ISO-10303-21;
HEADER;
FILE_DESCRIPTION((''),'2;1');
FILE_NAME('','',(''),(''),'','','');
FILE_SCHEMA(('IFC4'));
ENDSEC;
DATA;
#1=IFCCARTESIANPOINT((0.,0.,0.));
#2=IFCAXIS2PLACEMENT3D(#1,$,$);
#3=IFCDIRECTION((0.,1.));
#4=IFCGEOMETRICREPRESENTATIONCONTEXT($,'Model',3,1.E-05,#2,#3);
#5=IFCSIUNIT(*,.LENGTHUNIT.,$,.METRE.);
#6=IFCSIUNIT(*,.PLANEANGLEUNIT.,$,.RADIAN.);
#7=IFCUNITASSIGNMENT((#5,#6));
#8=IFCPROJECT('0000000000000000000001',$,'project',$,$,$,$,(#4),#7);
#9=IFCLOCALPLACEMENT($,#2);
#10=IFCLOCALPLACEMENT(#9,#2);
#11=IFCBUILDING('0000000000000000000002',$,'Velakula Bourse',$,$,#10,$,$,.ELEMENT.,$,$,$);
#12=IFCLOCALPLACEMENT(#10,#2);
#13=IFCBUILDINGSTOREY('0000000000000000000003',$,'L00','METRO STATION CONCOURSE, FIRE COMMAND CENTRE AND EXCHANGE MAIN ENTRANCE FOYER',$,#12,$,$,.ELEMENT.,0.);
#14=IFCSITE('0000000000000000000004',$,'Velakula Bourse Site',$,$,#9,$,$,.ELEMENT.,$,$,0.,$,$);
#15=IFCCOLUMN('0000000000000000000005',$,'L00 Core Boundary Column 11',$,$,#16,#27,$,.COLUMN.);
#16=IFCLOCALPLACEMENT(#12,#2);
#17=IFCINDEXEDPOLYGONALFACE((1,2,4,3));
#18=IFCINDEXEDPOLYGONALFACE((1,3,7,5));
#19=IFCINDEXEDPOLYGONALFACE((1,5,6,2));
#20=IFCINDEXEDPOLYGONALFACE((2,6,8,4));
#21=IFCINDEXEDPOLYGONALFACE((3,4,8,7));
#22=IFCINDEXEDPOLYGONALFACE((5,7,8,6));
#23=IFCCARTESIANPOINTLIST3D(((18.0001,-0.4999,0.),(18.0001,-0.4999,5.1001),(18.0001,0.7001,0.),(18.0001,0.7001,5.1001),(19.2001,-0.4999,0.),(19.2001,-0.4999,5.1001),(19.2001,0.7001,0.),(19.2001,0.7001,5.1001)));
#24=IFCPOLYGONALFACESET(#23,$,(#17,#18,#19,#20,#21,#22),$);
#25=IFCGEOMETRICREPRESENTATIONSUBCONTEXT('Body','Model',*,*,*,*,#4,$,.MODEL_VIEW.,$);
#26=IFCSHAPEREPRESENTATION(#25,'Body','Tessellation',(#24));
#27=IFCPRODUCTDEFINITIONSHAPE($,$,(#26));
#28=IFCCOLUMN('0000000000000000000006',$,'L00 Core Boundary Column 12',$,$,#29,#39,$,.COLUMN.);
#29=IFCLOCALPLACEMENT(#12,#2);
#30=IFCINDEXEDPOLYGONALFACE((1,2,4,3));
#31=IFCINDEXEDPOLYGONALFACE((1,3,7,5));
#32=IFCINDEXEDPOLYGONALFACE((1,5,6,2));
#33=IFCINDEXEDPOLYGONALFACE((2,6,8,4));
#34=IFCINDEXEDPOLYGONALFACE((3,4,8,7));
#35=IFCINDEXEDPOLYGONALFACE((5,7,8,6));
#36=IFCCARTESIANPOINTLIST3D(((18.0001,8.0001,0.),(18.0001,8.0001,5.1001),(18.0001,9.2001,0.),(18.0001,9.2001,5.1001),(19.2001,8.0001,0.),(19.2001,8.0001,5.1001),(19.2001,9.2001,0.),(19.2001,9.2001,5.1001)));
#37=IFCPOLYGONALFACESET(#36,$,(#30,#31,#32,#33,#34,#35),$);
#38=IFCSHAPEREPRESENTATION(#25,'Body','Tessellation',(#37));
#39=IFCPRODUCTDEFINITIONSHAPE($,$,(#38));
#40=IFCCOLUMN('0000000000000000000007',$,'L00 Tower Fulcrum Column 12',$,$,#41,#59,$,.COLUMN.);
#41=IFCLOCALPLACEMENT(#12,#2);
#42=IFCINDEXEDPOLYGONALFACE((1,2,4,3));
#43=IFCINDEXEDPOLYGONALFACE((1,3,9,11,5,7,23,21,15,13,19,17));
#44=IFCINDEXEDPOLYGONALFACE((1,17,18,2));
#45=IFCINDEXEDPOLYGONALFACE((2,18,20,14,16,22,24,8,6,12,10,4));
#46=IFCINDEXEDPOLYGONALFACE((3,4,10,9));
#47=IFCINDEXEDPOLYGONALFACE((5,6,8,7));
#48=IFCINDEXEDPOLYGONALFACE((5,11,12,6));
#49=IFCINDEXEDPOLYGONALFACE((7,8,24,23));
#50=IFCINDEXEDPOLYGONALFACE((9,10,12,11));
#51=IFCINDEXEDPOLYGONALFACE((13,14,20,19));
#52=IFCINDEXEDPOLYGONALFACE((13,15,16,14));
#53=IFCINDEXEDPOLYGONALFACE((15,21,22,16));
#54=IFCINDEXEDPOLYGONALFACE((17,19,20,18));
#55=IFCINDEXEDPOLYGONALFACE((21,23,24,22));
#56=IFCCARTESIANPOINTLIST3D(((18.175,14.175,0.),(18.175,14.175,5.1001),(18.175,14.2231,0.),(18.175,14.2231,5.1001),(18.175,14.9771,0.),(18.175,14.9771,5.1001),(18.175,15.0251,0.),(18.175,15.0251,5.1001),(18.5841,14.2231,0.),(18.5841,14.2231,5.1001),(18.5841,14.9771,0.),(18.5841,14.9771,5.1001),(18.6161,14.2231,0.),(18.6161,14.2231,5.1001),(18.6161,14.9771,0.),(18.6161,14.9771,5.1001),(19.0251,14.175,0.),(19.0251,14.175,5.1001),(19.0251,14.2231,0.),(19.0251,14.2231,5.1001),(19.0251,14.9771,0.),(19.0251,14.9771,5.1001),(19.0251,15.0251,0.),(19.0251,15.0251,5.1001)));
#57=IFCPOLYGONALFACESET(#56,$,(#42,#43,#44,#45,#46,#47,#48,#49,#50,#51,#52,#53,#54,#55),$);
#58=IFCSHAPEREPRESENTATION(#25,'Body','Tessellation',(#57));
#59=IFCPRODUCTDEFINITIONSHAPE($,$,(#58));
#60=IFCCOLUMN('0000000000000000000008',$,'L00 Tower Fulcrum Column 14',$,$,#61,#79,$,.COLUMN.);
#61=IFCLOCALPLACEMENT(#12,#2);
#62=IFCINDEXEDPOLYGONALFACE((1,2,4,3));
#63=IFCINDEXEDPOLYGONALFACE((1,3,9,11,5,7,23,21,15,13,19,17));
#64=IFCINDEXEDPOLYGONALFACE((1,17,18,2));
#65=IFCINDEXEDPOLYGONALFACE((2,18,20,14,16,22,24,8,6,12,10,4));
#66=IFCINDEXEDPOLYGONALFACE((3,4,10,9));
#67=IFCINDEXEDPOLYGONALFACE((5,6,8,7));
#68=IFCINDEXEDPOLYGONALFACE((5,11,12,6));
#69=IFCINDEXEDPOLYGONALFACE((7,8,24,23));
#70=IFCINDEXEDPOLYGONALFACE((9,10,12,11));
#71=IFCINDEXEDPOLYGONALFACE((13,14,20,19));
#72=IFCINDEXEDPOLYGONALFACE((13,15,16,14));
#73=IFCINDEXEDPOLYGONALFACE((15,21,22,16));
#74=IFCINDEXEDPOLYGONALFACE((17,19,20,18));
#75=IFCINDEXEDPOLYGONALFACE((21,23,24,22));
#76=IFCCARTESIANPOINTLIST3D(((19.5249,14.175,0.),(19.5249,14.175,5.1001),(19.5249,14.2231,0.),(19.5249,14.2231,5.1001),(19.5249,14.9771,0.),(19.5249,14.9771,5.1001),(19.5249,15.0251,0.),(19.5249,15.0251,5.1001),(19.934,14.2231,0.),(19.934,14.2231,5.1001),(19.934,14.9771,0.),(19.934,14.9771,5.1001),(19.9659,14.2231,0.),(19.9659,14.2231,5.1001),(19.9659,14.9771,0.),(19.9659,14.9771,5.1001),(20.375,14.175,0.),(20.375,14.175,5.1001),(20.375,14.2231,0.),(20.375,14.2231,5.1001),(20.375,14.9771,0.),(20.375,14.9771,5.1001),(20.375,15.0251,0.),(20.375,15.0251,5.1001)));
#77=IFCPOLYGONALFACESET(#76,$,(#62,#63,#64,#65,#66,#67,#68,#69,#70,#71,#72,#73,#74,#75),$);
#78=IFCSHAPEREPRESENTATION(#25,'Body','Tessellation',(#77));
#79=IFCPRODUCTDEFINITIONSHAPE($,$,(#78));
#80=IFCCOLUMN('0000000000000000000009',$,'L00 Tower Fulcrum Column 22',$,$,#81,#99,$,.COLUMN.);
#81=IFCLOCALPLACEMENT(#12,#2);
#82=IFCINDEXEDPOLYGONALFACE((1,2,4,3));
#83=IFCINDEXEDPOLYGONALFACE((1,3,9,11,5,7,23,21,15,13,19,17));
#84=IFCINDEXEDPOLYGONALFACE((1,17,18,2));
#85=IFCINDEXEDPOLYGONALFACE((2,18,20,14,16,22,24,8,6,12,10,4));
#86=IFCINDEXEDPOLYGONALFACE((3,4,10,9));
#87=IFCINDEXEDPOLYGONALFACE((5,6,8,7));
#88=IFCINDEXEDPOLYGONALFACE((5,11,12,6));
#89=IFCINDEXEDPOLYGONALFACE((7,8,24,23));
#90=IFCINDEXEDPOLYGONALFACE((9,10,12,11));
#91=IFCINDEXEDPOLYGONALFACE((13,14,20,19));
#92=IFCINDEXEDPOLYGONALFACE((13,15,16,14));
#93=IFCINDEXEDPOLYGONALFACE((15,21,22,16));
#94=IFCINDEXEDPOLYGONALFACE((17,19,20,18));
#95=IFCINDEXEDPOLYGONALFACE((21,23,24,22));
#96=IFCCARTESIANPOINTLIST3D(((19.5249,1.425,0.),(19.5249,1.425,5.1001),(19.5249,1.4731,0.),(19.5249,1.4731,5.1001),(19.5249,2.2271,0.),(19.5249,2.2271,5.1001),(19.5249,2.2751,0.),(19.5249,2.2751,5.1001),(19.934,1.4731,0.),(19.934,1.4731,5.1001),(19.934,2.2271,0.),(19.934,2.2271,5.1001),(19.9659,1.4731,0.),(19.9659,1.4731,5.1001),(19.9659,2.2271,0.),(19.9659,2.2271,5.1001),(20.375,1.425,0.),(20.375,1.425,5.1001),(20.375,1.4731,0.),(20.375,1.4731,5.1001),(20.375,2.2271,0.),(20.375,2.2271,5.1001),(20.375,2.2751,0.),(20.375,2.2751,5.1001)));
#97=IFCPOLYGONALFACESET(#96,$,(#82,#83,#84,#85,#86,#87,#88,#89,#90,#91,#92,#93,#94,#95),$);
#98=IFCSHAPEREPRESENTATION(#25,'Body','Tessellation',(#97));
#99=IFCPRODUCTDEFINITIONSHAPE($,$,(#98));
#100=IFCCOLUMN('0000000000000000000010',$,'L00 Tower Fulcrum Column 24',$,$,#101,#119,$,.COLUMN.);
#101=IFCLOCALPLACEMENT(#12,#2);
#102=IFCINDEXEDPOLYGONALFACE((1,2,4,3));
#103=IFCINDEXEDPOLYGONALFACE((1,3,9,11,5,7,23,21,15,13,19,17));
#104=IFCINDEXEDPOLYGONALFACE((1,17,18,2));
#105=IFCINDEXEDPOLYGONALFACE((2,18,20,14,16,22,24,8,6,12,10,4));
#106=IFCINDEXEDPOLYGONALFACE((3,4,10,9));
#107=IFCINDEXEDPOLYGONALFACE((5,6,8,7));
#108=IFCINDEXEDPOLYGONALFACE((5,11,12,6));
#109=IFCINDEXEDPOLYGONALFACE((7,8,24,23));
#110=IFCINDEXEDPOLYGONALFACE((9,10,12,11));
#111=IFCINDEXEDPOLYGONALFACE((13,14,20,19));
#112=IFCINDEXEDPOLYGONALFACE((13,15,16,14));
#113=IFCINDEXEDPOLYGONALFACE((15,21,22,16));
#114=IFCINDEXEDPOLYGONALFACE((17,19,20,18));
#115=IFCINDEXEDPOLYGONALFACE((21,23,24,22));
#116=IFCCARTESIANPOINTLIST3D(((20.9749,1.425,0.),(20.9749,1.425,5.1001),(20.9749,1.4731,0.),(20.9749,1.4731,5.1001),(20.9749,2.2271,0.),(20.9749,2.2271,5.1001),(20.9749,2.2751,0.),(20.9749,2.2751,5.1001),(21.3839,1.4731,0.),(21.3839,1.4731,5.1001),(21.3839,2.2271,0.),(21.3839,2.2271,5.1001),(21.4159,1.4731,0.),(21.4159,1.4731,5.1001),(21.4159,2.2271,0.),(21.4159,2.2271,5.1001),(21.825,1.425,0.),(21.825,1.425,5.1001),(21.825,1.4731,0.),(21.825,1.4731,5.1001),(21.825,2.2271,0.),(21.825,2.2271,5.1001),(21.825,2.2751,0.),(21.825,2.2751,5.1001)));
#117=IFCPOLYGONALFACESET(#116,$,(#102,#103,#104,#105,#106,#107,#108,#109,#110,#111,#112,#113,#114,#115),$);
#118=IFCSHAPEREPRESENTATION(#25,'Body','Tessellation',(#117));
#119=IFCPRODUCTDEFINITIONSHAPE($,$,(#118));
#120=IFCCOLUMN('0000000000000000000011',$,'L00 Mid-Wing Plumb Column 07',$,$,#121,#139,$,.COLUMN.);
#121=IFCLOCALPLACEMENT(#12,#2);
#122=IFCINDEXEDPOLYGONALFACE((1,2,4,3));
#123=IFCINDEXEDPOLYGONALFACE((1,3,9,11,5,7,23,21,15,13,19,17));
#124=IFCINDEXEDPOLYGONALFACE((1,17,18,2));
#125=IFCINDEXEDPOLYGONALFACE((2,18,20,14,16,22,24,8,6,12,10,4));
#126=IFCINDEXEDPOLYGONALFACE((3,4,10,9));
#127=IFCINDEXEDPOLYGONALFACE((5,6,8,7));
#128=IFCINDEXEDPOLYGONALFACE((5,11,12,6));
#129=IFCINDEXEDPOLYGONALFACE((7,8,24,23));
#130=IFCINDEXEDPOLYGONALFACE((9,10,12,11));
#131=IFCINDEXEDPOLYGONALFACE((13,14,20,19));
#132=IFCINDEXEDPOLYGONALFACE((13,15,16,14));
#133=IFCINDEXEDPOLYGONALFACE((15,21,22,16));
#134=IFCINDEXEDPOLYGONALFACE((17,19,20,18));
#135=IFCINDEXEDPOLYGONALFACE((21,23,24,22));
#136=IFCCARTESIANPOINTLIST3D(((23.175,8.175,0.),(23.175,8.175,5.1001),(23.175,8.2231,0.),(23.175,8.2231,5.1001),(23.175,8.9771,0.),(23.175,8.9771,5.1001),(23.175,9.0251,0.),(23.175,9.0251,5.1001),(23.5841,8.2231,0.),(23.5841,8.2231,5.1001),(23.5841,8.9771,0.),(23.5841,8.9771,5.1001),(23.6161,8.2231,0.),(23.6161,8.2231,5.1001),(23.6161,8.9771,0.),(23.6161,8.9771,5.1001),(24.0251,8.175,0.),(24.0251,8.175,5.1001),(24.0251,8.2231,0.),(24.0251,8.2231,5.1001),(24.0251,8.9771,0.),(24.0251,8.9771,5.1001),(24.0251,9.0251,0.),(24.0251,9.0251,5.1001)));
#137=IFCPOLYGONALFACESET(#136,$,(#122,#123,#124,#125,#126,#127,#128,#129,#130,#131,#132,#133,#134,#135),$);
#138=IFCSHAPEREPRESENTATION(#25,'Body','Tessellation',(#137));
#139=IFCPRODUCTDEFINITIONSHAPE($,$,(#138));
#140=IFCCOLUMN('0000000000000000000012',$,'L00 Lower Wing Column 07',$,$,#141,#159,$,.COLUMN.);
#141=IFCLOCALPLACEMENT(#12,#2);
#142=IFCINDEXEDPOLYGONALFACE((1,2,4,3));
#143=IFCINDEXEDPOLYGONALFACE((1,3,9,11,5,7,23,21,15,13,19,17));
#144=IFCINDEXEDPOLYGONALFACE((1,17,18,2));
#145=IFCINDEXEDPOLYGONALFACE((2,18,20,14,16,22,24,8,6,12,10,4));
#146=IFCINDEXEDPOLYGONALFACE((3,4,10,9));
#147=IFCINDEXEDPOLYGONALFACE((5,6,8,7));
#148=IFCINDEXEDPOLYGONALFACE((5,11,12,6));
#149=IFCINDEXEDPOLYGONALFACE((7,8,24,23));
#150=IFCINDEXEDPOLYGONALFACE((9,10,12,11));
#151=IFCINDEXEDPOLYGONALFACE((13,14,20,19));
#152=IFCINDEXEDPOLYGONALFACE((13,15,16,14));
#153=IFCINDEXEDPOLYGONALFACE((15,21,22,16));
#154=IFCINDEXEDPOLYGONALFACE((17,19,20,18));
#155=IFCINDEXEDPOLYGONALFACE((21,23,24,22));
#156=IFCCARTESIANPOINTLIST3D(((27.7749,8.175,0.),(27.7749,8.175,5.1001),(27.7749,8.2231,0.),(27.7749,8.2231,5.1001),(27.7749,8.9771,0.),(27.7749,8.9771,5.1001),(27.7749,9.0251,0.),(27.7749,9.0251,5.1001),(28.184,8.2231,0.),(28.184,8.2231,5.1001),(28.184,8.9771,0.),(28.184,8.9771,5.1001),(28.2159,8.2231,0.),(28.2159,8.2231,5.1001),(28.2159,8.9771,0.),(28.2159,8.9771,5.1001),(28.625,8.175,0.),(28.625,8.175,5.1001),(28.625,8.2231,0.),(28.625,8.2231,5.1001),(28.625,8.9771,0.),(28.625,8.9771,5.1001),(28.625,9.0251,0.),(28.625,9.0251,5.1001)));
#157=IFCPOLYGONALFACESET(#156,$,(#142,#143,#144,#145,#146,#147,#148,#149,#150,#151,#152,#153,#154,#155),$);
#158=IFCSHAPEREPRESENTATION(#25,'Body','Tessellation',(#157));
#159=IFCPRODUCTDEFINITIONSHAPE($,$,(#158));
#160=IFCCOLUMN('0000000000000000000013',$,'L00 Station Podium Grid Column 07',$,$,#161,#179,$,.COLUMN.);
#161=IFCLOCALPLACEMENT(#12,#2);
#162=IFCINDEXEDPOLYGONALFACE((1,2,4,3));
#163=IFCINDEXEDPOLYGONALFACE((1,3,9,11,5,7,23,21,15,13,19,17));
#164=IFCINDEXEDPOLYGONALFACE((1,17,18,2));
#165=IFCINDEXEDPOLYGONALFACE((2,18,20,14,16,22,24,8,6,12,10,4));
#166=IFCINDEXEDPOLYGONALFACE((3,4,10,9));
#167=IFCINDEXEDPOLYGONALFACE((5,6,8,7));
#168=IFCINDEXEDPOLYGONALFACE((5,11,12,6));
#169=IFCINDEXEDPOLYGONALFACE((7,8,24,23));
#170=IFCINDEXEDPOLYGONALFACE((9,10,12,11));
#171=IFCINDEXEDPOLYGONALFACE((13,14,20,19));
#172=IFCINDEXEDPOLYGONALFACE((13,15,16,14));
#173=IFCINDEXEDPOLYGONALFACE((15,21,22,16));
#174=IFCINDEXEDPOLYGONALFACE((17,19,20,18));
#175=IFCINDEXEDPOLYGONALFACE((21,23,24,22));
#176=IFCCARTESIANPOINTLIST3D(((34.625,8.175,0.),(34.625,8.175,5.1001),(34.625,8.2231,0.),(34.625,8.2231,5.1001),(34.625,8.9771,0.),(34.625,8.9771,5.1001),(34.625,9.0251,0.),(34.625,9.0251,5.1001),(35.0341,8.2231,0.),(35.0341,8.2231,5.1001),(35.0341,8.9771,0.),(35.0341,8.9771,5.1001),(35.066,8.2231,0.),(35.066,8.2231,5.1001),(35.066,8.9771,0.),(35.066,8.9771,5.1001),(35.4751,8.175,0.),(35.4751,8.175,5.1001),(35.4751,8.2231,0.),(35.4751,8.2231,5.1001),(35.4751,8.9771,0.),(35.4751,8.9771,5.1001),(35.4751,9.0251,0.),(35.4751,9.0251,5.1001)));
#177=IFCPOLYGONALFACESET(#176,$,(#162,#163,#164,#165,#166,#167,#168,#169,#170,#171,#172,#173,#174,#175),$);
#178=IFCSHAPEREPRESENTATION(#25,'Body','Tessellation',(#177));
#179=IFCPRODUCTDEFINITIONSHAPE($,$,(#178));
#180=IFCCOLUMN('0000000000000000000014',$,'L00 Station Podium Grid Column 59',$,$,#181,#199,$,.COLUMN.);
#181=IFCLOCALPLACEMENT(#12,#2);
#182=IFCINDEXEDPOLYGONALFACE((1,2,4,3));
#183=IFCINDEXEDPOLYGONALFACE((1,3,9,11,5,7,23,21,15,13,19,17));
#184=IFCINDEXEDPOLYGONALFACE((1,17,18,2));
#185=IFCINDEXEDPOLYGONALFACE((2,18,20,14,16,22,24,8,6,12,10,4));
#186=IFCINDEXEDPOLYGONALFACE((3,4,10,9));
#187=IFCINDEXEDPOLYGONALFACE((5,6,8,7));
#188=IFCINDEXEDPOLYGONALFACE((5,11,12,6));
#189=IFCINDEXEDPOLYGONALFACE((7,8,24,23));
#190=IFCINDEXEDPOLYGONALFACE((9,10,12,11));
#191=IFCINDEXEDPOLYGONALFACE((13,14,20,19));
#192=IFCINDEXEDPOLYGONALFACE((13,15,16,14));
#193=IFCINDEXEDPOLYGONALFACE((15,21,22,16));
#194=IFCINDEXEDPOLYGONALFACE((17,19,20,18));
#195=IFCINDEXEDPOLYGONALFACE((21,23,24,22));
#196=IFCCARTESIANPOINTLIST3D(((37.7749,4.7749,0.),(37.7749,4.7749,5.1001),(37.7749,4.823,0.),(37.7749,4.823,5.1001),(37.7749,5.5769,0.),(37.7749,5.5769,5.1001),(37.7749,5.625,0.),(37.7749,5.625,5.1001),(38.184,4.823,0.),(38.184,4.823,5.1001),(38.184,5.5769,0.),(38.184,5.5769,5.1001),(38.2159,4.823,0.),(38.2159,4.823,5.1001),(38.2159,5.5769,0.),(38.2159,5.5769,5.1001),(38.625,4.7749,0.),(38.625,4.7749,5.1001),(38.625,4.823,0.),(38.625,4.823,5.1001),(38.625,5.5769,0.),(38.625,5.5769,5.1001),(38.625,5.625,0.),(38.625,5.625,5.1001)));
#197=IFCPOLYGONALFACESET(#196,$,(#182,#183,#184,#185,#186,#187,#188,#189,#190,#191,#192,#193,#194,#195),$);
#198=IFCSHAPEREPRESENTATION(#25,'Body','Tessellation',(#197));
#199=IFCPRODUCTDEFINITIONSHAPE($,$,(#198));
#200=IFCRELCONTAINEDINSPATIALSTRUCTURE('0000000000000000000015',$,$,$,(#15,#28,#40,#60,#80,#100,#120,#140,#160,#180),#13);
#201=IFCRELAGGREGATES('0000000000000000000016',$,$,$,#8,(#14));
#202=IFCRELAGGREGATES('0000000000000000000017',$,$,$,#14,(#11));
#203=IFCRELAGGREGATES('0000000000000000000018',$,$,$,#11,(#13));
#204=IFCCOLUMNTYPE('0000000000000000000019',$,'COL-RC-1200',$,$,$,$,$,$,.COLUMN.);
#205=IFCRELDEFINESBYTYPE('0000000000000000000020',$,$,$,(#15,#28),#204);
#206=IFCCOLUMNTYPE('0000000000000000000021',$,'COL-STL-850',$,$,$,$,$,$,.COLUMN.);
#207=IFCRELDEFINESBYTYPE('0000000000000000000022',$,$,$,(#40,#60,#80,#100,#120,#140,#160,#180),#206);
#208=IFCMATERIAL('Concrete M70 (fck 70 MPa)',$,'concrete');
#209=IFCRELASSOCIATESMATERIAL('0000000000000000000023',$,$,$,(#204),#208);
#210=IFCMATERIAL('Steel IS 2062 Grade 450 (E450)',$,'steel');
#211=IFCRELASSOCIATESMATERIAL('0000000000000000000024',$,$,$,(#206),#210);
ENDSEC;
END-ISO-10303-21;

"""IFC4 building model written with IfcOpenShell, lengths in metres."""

from ifc_helpers import new_model, si_unit, direction, frame, origin, origin_2d, place, context, subcontext, project, spatial, rectangle, i_section, extrude, material, material_profile, profile_set, type_object, element, save


model = new_model("IFC4")

# Units and contexts
model_context = context("Model", 3, precision=1e-05, world=origin(), true_north=direction((0.0, 1.0)))
body_context = subcontext(model_context, "Body", "Model", "MODEL_VIEW")
ifc_project = project(units=[si_unit("LENGTHUNIT", "METRE"), si_unit("PLANEANGLEUNIT", "RADIAN")], contexts=[model_context])

# Site, building, storey
site_placement = place(None, origin())
site = spatial("IfcSite", under=ifc_project, at=site_placement, Name="Velakula Bourse Site", CompositionType="ELEMENT", RefElevation=0.0)
building_placement = place(site_placement, origin())
building = spatial("IfcBuilding", under=site, at=building_placement, Name="Velakula Bourse", CompositionType="ELEMENT")
storey_placement = place(building_placement, origin())
storey = spatial("IfcBuildingStorey", under=building, at=storey_placement, Name="L00", Description="METRO STATION CONCOURSE, FIRE COMMAND CENTRE AND EXCHANGE MAIN ENTRANCE FOYER", CompositionType="ELEMENT", Elevation=0.0)

# Columns
ifc_material_1 = material(Name="Concrete M70 (fck 70 MPa)", Category="concrete")
ifc_material_profile_1 = material_profile(ifc_material_1, rectangle(XDim=1.2, YDim=1.2, at=origin_2d()), Name="Concrete M70 (fck 70 MPa)")
ifc_profile_set_1 = profile_set([ifc_material_profile_1], Name="Concrete M70 (fck 70 MPa)")
column_type_1 = type_object("IfcColumnType", Name="COL-RC-1200", PredefinedType="COLUMN", material=ifc_profile_set_1)
for number, where, z_axis, x_axis, name in (
    (1, (18.6001, 0.1001, 0.0), (0.0, 0.0, 1.0), (1.0, 0.0, 0.0), "L00 Core Boundary Column 11"),
    (2, (18.6001, 8.6001, 0.0), (0.0, 0.0, 1.0), (1.0, 0.0, 0.0), "L00 Core Boundary Column 12"),
):
    element("IfcColumn", number, at=place(storey_placement, frame(where, z_axis=z_axis, x_axis=x_axis)), inside=storey, type_object=column_type_1, Name=name, PredefinedType="COLUMN", context=body_context, shape_type="SweptSolid", body=[
        extrude(rectangle(XDim=1.2, YDim=1.2, at=origin_2d()), origin(), (0.0, 0.0, 1.0), 5.1001),
    ])
ifc_material_2 = material(Name="Steel IS 2062 Grade 450 (E450)", Category="steel")
ifc_material_profile_2 = material_profile(ifc_material_2, i_section(OverallWidth=0.8501, OverallDepth=0.8501, WebThickness=0.032, FlangeThickness=0.0481, at=origin_2d()), Name="Steel IS 2062 Grade 450 (E450)")
ifc_profile_set_2 = profile_set([ifc_material_profile_2], Name="Steel IS 2062 Grade 450 (E450)")
column_type_2 = type_object("IfcColumnType", Name="COL-STL-850", PredefinedType="COLUMN", material=ifc_profile_set_2)
for number, where, z_axis, x_axis, name in (
    (3, (18.6001, 14.6001, 0.0), (0.0, 0.0, 1.0), (1.0, 0.0, 0.0), "L00 Tower Fulcrum Column 12"),
    (4, (19.95, 14.6001, 0.0), (0.0, 0.0, 1.0), (1.0, 0.0, 0.0), "L00 Tower Fulcrum Column 14"),
    (5, (19.95, 1.8501, 0.0), (0.0, 0.0, 1.0), (1.0, 0.0, 0.0), "L00 Tower Fulcrum Column 22"),
    (6, (21.3999, 1.8501, 0.0), (0.0, 0.0, 1.0), (1.0, 0.0, 0.0), "L00 Tower Fulcrum Column 24"),
    (7, (23.6001, 8.6001, 0.0), (0.0, 0.0, 1.0), (1.0, 0.0, 0.0), "L00 Mid-Wing Plumb Column 07"),
    (8, (28.2, 8.6001, 0.0), (0.0, 0.0, 1.0), (1.0, 0.0, 0.0), "L00 Lower Wing Column 07"),
    (9, (35.05, 8.6001, 0.0), (0.0, 0.0, 1.0), (1.0, 0.0, 0.0), "L00 Station Podium Grid Column 07"),
    (10, (38.2, 5.2, 0.0), (0.0, 0.0, 1.0), (1.0, 0.0, 0.0), "L00 Station Podium Grid Column 59"),
):
    element("IfcColumn", number, at=place(storey_placement, frame(where, z_axis=z_axis, x_axis=x_axis)), inside=storey, type_object=column_type_2, Name=name, PredefinedType="COLUMN", context=body_context, shape_type="SweptSolid", body=[
        extrude(i_section(OverallWidth=0.8501, OverallDepth=0.8501, WebThickness=0.032, FlangeThickness=0.0481, at=origin_2d()), origin(), (0.0, 0.0, 1.0), 5.1001),
    ])

save(model, "model.ifc")
